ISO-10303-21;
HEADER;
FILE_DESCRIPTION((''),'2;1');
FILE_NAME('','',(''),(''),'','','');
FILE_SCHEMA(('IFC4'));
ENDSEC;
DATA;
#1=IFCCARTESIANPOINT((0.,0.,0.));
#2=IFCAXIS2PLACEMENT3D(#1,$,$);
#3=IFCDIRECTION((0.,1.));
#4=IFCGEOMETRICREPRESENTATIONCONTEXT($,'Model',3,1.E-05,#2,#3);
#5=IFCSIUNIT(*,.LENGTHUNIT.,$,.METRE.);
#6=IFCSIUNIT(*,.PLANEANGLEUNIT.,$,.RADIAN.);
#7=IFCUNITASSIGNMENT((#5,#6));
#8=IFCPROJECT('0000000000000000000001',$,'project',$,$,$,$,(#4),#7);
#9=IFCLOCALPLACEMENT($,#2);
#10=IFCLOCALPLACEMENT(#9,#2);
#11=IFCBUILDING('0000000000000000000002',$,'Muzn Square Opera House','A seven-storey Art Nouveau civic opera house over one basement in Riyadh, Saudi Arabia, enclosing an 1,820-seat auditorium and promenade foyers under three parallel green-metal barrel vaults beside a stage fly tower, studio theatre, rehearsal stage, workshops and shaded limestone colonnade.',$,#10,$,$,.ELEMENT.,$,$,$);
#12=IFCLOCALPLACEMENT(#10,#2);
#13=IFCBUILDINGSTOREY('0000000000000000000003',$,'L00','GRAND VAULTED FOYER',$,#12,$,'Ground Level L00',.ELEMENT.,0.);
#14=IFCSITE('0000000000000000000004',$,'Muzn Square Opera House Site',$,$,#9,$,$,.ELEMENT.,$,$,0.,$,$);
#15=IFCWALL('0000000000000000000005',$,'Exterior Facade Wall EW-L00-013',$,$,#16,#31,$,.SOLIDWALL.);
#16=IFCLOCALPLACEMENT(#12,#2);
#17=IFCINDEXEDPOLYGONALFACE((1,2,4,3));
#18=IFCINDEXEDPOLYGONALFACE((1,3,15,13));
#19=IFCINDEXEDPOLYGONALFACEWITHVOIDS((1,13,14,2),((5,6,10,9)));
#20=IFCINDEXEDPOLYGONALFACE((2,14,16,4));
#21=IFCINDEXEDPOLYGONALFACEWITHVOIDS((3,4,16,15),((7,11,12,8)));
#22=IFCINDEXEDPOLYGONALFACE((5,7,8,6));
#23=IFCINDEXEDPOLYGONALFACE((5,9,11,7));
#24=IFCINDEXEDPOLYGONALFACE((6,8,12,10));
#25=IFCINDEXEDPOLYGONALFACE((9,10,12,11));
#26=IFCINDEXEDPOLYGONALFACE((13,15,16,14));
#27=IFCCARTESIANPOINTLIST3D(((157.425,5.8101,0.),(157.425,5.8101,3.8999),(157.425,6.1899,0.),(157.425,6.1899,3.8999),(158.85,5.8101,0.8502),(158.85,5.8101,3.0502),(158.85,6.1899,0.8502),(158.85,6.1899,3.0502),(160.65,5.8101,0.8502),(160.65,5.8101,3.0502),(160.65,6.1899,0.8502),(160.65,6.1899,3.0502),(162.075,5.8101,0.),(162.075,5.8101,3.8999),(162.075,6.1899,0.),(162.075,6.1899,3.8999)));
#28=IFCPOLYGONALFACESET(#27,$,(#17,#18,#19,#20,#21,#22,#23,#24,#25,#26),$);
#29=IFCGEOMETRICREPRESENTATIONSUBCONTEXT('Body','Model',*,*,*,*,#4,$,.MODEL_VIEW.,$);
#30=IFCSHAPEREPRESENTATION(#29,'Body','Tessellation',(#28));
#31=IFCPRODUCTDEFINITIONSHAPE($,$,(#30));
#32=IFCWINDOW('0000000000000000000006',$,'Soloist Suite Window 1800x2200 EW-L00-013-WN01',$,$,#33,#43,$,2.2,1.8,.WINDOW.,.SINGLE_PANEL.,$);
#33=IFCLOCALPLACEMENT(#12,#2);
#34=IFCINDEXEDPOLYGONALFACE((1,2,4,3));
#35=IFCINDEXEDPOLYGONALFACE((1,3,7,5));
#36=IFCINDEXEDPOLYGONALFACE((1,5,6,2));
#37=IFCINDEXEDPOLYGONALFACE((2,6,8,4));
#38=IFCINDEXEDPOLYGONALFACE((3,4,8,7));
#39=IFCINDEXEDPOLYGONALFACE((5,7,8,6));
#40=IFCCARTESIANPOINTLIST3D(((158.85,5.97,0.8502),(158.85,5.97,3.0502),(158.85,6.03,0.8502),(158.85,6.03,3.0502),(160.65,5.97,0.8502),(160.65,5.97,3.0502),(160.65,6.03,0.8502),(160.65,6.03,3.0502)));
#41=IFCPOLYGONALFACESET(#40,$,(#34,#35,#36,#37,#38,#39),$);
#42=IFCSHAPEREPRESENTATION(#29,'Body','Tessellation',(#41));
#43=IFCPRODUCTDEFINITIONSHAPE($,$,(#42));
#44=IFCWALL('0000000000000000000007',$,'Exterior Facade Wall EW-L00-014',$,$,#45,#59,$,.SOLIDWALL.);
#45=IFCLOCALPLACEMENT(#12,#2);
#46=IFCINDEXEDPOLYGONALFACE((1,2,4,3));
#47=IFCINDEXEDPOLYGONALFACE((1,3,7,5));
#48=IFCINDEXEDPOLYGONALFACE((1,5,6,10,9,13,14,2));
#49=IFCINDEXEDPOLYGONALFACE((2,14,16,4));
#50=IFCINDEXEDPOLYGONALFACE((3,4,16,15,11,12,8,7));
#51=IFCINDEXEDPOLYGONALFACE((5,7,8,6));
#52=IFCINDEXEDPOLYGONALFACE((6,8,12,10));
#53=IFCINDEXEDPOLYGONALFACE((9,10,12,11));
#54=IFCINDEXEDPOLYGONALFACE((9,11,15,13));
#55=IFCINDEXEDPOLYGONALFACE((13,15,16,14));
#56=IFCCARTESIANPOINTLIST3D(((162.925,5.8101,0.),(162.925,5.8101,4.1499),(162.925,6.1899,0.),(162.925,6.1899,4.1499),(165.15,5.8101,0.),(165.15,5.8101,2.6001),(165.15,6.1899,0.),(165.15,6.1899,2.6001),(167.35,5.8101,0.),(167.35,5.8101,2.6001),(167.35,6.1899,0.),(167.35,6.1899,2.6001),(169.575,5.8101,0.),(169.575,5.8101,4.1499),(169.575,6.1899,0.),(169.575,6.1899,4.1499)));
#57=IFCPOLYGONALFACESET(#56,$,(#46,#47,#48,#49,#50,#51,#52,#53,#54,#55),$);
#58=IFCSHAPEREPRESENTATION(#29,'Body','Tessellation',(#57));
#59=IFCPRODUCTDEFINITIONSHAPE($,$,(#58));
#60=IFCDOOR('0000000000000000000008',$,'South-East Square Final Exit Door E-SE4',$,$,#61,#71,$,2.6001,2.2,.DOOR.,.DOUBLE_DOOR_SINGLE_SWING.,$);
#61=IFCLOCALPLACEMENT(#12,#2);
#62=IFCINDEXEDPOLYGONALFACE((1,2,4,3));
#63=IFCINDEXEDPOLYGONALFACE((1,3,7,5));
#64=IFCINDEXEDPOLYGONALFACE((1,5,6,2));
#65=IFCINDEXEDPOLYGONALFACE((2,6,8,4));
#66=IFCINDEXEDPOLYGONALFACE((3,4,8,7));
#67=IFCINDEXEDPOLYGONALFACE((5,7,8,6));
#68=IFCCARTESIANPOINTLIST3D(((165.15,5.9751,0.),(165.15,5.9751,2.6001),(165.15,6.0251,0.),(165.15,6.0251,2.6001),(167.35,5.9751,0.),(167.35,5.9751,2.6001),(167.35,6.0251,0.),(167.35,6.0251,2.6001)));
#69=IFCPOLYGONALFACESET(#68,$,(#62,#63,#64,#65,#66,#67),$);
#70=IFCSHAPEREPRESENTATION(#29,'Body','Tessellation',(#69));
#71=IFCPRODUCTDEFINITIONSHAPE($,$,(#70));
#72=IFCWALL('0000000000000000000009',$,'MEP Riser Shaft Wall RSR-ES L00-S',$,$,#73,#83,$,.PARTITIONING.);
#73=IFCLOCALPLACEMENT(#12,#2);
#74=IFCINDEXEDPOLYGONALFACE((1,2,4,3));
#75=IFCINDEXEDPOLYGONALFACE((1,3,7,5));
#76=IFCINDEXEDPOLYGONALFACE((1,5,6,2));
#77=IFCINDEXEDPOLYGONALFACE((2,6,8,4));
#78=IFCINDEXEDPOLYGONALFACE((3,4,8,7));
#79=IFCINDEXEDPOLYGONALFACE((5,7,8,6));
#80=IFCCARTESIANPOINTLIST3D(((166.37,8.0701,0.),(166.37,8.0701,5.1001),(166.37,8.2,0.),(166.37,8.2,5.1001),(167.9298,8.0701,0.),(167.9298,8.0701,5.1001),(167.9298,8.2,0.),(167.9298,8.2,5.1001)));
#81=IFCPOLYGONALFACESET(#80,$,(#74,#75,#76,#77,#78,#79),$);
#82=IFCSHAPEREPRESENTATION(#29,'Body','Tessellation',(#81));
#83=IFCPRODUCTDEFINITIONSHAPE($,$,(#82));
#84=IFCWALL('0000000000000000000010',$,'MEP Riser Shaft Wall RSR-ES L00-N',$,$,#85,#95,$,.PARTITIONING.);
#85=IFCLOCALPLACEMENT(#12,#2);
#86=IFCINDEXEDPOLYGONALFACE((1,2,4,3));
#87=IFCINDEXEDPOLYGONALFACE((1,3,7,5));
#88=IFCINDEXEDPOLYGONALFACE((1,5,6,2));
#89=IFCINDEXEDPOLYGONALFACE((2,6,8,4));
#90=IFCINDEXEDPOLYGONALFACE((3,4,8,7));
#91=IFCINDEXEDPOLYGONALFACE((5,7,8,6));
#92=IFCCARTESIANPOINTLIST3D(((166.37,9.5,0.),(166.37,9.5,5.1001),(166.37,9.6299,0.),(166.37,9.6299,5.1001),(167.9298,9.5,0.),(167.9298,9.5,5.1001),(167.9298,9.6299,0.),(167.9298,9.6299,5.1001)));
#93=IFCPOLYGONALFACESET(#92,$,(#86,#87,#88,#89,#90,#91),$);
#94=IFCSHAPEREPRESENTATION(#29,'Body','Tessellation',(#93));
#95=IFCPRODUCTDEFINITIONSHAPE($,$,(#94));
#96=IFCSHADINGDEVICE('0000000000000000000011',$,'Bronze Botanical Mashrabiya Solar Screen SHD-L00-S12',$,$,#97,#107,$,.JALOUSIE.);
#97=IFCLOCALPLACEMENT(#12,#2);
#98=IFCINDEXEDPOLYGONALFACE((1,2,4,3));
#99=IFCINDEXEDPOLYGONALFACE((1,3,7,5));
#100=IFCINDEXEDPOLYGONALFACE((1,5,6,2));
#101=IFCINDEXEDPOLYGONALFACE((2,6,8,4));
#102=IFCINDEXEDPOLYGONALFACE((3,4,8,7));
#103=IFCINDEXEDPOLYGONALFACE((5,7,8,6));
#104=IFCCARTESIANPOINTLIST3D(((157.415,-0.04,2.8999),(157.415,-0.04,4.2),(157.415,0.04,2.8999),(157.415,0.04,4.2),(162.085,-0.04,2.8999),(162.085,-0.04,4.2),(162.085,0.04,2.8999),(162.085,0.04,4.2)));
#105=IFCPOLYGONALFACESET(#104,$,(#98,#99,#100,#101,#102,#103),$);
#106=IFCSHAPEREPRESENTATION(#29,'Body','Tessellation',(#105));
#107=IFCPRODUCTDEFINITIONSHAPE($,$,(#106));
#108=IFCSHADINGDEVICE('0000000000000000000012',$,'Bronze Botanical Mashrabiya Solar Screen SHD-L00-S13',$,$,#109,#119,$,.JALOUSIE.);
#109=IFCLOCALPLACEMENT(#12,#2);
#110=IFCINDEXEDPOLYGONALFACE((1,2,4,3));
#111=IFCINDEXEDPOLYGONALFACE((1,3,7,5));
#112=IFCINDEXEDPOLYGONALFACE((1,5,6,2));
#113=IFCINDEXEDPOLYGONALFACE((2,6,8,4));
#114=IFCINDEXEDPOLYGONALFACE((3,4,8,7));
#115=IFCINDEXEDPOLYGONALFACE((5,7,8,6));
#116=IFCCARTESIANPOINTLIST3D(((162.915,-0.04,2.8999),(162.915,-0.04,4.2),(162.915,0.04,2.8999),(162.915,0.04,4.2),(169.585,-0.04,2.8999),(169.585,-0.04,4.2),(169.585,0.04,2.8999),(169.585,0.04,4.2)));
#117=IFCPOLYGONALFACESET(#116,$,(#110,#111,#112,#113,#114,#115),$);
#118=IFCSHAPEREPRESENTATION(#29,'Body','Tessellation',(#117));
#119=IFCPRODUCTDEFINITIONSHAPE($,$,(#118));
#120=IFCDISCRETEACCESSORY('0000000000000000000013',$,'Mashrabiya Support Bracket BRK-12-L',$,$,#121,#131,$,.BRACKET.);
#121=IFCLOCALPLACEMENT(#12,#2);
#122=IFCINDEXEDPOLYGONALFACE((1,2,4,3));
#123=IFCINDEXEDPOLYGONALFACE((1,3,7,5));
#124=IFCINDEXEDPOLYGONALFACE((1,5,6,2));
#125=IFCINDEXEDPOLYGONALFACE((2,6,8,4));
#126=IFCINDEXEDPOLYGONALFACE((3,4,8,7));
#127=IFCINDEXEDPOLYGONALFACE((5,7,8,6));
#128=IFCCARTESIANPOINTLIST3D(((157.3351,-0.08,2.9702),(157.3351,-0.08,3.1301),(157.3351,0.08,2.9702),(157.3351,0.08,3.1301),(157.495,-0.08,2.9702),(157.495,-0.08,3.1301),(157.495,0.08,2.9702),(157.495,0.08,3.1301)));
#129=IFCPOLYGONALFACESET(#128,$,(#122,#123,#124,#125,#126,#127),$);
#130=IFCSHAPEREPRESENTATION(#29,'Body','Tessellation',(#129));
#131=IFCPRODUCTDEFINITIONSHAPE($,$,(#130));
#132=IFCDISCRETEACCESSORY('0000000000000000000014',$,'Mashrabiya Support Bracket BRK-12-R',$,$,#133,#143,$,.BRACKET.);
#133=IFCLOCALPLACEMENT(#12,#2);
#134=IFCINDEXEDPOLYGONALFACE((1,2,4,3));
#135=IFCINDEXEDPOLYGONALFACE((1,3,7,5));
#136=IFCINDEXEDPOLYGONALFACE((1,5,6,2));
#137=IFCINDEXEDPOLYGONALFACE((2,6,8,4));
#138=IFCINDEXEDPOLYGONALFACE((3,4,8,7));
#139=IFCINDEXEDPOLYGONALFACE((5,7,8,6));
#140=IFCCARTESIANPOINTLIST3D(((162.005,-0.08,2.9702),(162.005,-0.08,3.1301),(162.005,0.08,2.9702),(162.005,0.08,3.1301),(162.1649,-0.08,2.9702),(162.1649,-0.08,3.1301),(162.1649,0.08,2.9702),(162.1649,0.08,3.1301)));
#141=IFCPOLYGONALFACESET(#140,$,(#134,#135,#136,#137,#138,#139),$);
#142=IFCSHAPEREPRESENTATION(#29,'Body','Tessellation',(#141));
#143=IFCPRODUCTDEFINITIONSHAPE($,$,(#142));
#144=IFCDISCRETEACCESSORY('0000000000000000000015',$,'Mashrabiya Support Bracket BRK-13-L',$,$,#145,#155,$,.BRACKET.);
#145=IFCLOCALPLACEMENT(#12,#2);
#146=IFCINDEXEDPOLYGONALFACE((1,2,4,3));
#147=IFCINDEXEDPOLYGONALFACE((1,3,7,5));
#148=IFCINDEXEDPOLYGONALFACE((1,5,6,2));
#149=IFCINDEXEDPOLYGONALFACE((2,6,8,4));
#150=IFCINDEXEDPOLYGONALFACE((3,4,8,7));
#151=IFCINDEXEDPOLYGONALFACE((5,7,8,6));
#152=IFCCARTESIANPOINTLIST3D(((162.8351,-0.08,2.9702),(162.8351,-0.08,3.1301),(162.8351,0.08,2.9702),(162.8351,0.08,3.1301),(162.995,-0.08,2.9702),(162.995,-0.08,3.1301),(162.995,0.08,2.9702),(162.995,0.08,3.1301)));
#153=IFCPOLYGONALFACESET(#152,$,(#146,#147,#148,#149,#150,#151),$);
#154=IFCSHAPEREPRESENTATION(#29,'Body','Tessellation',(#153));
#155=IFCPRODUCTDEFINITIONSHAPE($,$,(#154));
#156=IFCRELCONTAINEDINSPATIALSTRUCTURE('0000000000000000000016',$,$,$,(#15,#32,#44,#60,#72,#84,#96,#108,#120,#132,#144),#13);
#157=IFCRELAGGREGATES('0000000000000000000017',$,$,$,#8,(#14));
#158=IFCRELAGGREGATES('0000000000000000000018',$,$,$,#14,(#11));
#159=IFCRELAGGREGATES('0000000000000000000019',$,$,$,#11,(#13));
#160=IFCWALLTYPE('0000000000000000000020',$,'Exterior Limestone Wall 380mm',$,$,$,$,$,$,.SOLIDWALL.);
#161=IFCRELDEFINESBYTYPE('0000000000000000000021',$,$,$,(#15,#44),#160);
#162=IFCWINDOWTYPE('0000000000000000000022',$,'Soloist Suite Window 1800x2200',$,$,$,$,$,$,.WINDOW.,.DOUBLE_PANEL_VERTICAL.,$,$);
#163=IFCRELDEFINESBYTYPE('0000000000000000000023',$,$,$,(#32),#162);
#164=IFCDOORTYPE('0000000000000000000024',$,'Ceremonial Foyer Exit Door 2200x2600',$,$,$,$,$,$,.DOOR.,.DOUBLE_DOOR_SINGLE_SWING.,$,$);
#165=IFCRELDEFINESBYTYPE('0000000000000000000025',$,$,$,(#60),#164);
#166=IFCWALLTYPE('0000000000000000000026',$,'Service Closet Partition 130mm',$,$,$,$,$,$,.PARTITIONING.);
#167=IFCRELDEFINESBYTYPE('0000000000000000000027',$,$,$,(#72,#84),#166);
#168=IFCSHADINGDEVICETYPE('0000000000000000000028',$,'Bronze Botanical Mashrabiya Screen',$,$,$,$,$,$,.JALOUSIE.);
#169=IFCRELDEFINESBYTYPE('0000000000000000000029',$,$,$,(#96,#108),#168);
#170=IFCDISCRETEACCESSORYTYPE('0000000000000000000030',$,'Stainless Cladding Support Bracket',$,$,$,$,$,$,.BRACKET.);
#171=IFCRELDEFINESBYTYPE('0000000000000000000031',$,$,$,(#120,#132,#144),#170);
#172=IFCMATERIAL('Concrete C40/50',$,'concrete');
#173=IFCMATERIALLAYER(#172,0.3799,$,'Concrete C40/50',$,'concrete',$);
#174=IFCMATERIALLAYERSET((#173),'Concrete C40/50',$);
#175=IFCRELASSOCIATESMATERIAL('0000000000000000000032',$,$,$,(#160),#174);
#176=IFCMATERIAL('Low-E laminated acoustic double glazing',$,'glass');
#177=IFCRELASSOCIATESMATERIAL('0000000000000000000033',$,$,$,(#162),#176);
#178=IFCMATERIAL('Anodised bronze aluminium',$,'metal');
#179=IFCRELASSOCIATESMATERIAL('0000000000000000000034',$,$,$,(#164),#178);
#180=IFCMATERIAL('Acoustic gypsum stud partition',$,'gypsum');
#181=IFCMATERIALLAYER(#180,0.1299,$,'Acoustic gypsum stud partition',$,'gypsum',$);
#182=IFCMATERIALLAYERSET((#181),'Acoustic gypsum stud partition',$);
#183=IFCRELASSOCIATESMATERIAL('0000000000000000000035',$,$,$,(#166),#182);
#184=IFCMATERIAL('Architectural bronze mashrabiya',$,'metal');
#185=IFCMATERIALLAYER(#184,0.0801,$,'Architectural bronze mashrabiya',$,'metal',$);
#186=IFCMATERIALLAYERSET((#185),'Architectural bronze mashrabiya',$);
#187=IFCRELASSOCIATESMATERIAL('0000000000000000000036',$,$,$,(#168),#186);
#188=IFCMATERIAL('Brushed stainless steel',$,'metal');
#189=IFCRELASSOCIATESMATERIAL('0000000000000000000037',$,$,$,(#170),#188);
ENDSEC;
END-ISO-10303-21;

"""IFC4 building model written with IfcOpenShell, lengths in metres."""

from ifc_helpers import new_model, si_unit, direction, frame, frame_2d, origin, origin_2d, place, context, subcontext, project, spatial, rectangle, extrude, material, layer, layer_set, type_object, element, fill, save


model = new_model("IFC4")

# Units and contexts
model_context = context("Model", 3, precision=1e-05, world=origin(), true_north=direction((0.0, 1.0)))
body_context = subcontext(model_context, "Body", "Model", "MODEL_VIEW")
ifc_project = project(units=[si_unit("LENGTHUNIT", "METRE"), si_unit("PLANEANGLEUNIT", "RADIAN")], contexts=[model_context])

# Site, building, storey
site_placement = place(None, origin())
site = spatial("IfcSite", under=ifc_project, at=site_placement, Name="Muzn Square Opera House Site", CompositionType="ELEMENT", RefElevation=0.0)
building_placement = place(site_placement, origin())
building = spatial("IfcBuilding", under=site, at=building_placement, Name="Muzn Square Opera House", Description="A seven-storey Art Nouveau civic opera house over one basement in Riyadh, Saudi Arabia, enclosing an 1,820-seat auditorium and promenade foyers under three parallel green-metal barrel vaults beside a stage fly tower, studio theatre, rehearsal stage, workshops and shaded limestone colonnade.", CompositionType="ELEMENT")
storey_placement = place(building_placement, origin())
storey = spatial("IfcBuildingStorey", under=building, at=storey_placement, Name="L00", Description="GRAND VAULTED FOYER", LongName="Ground Level L00", CompositionType="ELEMENT", Elevation=0.0)

# Shared definitions
ifc_material_1 = material(Name="Concrete C40/50", Category="concrete")

# Wall, opening, window
ifc_layer_1 = layer(ifc_material_1, 0.3799, Name="Concrete C40/50", Category="concrete")
ifc_layer_set_1 = layer_set([ifc_layer_1], Name="Concrete C40/50")
wall_type_1 = type_object("IfcWallType", Name="Exterior Limestone Wall 380mm", PredefinedType="SOLIDWALL", material=ifc_layer_set_1)
wall_1_placement = place(storey_placement, frame((157.425, 6.0, 0.0), z_axis=(0.0, 0.0, 1.0), x_axis=(1.0, 0.0, 0.0)))
wall_1 = element("IfcWall", 1, at=wall_1_placement, inside=storey, type_object=wall_type_1, Name="Exterior Facade Wall EW-L00-013", PredefinedType="SOLIDWALL", context=body_context, shape_type="SweptSolid", body=[
    extrude(rectangle(XDim=4.6499, YDim=0.3799, at=frame_2d((2.325, 0.0))), origin(), (0.0, 0.0, 1.0), 3.8999),
])
opening_1_placement = place(wall_1_placement, frame((1.425, 0.0, 0.8501)))
opening_1 = element("IfcOpeningElement", 2, at=opening_1_placement, cuts=wall_1, PredefinedType="OPENING", context=body_context, shape_type="SweptSolid", body=[
    extrude(rectangle(XDim=1.8, YDim=2.2, at=frame_2d((0.8999, 1.1001))), frame((0.0, 0.2, 0.0), z_axis=(0.0, -1.0, 0.0), x_axis=(1.0, 0.0, 0.0)), (0.0, 0.0, 1.0), 0.3999),
])
ifc_material_2 = material(Name="Low-E laminated acoustic double glazing", Category="glass")
window_type = type_object("IfcWindowType", Name="Soloist Suite Window 1800x2200", PartitioningType="DOUBLE_PANEL_VERTICAL", PredefinedType="WINDOW", material=ifc_material_2)
window_placement = place(opening_1_placement, origin())
window = element("IfcWindow", 3, at=window_placement, inside=storey, type_object=window_type, Name="Soloist Suite Window 1800x2200 EW-L00-013-WN01", OverallHeight=2.2, OverallWidth=1.8, PartitioningType="SINGLE_PANEL", PredefinedType="WINDOW", context=body_context, shape_type="SweptSolid", body=[
    extrude(rectangle(XDim=1.8, YDim=2.2, at=frame_2d((0.8999, 1.1001))), frame((0.0, 0.03, 0.0), z_axis=(0.0, -1.0, 0.0), x_axis=(1.0, 0.0, 0.0)), (0.0, 0.0, 1.0), 0.0601),
])
fill(opening_1, window)

# Wall, opening, door
wall_2_placement = place(storey_placement, frame((162.925, 6.0, 0.0), z_axis=(0.0, 0.0, 1.0), x_axis=(1.0, 0.0, 0.0)))
wall_2 = element("IfcWall", 4, at=wall_2_placement, inside=storey, type_object=wall_type_1, Name="Exterior Facade Wall EW-L00-014", PredefinedType="SOLIDWALL", context=body_context, shape_type="SweptSolid", body=[
    extrude(rectangle(XDim=6.6499, YDim=0.3799, at=frame_2d((3.325, 0.0))), origin(), (0.0, 0.0, 1.0), 4.1499),
])
opening_2_placement = place(wall_2_placement, frame((4.425, 0.0, 0.0), z_axis=(0.0, 0.0, 1.0), x_axis=(-1.0, 0.0, 0.0)))
opening_2 = element("IfcOpeningElement", 5, at=opening_2_placement, cuts=wall_2, PredefinedType="OPENING", context=body_context, shape_type="SweptSolid", body=[
    extrude(rectangle(XDim=2.2, YDim=2.6001, at=frame_2d((1.1001, 1.3))), frame((0.0, 0.2, 0.0), z_axis=(0.0, -1.0, 0.0), x_axis=(1.0, 0.0, 0.0)), (0.0, 0.0, 1.0), 0.3999),
])
ifc_material_3 = material(Name="Anodised bronze aluminium", Category="metal")
door_type = type_object("IfcDoorType", Name="Ceremonial Foyer Exit Door 2200x2600", OperationType="DOUBLE_DOOR_SINGLE_SWING", PredefinedType="DOOR", material=ifc_material_3)
door_placement = place(opening_2_placement, origin())
door = element("IfcDoor", 6, at=door_placement, inside=storey, type_object=door_type, Name="South-East Square Final Exit Door E-SE4", OperationType="DOUBLE_DOOR_SINGLE_SWING", OverallHeight=2.6001, OverallWidth=2.2, PredefinedType="DOOR", context=body_context, shape_type="SweptSolid", body=[
    extrude(rectangle(XDim=2.2, YDim=2.6001, at=frame_2d((1.1001, 1.3))), frame((0.0, 0.0249, 0.0), z_axis=(0.0, -1.0, 0.0), x_axis=(1.0, 0.0, 0.0)), (0.0, 0.0, 1.0), 0.05),
])
fill(opening_2, door)

# Walls
ifc_material_4 = material(Name="Acoustic gypsum stud partition", Category="gypsum")
ifc_layer_2 = layer(ifc_material_4, 0.1299, Name="Acoustic gypsum stud partition", Category="gypsum")
ifc_layer_set_2 = layer_set([ifc_layer_2], Name="Acoustic gypsum stud partition")
wall_type_2 = type_object("IfcWallType", Name="Service Closet Partition 130mm", PredefinedType="PARTITIONING", material=ifc_layer_set_2)
for number, where, z_axis, x_axis, name in (
    (7, (166.3701, 8.135, 0.0), (0.0, 0.0, 1.0), (1.0, 0.0, 0.0), "MEP Riser Shaft Wall RSR-ES L00-S"),
    (8, (166.3701, 9.5649, 0.0), (0.0, 0.0, 1.0), (1.0, 0.0, 0.0), "MEP Riser Shaft Wall RSR-ES L00-N"),
):
    element("IfcWall", number, at=place(storey_placement, frame(where, z_axis=z_axis, x_axis=x_axis)), inside=storey, type_object=wall_type_2, Name=name, PredefinedType="PARTITIONING", context=body_context, shape_type="SweptSolid", body=[
        extrude(rectangle(XDim=1.5598, YDim=0.1299, at=frame_2d((0.7798, 0.0))), origin(), (0.0, 0.0, 1.0), 5.1001),
    ])

# Shading devices
ifc_material_5 = material(Name="Architectural bronze mashrabiya", Category="metal")
ifc_layer_3 = layer(ifc_material_5, 0.0801, Name="Architectural bronze mashrabiya", Category="metal")
ifc_layer_set_3 = layer_set([ifc_layer_3], Name="Architectural bronze mashrabiya")
shading_device_type = type_object("IfcShadingDeviceType", Name="Bronze Botanical Mashrabiya Screen", PredefinedType="JALOUSIE", material=ifc_layer_set_3)
shading_device_1_placement = place(storey_placement, frame((159.75, 0.0, 2.8999), z_axis=(0.0, 0.0, 1.0), x_axis=(1.0, 0.0, 0.0)))
element("IfcShadingDevice", 9, at=shading_device_1_placement, inside=storey, type_object=shading_device_type, Name="Bronze Botanical Mashrabiya Solar Screen SHD-L00-S12", PredefinedType="JALOUSIE", context=body_context, shape_type="SweptSolid", body=[
    extrude(rectangle(XDim=4.6699, YDim=0.0801, at=origin_2d()), origin(), (0.0, 0.0, 1.0), 1.3),
])
shading_device_2_placement = place(storey_placement, frame((166.25, 0.0, 2.8999), z_axis=(0.0, 0.0, 1.0), x_axis=(1.0, 0.0, 0.0)))
element("IfcShadingDevice", 10, at=shading_device_2_placement, inside=storey, type_object=shading_device_type, Name="Bronze Botanical Mashrabiya Solar Screen SHD-L00-S13", PredefinedType="JALOUSIE", context=body_context, shape_type="SweptSolid", body=[
    extrude(rectangle(XDim=6.6699, YDim=0.0801, at=origin_2d()), origin(), (0.0, 0.0, 1.0), 1.3),
])

# Discrete accessories
ifc_material_6 = material(Name="Brushed stainless steel", Category="metal")
discrete_accessory_type = type_object("IfcDiscreteAccessoryType", Name="Stainless Cladding Support Bracket", PredefinedType="BRACKET", material=ifc_material_6)
for number, where, z_axis, x_axis, name in (
    (11, (157.415, 0.0, 2.9702), (0.0, 0.0, 1.0), (1.0, 0.0, 0.0), "Mashrabiya Support Bracket BRK-12-L"),
    (12, (162.085, 0.0, 2.9702), (0.0, 0.0, 1.0), (1.0, 0.0, 0.0), "Mashrabiya Support Bracket BRK-12-R"),
    (13, (162.915, 0.0, 2.9702), (0.0, 0.0, 1.0), (1.0, 0.0, 0.0), "Mashrabiya Support Bracket BRK-13-L"),
):
    element("IfcDiscreteAccessory", number, at=place(storey_placement, frame(where, z_axis=z_axis, x_axis=x_axis)), inside=storey, type_object=discrete_accessory_type, Name=name, PredefinedType="BRACKET", context=body_context, shape_type="SweptSolid", body=[
        extrude(rectangle(XDim=0.1599, YDim=0.1599, at=origin_2d()), origin(), (0.0, 0.0, 1.0), 0.1599),
    ])

save(model, "model.ifc")
